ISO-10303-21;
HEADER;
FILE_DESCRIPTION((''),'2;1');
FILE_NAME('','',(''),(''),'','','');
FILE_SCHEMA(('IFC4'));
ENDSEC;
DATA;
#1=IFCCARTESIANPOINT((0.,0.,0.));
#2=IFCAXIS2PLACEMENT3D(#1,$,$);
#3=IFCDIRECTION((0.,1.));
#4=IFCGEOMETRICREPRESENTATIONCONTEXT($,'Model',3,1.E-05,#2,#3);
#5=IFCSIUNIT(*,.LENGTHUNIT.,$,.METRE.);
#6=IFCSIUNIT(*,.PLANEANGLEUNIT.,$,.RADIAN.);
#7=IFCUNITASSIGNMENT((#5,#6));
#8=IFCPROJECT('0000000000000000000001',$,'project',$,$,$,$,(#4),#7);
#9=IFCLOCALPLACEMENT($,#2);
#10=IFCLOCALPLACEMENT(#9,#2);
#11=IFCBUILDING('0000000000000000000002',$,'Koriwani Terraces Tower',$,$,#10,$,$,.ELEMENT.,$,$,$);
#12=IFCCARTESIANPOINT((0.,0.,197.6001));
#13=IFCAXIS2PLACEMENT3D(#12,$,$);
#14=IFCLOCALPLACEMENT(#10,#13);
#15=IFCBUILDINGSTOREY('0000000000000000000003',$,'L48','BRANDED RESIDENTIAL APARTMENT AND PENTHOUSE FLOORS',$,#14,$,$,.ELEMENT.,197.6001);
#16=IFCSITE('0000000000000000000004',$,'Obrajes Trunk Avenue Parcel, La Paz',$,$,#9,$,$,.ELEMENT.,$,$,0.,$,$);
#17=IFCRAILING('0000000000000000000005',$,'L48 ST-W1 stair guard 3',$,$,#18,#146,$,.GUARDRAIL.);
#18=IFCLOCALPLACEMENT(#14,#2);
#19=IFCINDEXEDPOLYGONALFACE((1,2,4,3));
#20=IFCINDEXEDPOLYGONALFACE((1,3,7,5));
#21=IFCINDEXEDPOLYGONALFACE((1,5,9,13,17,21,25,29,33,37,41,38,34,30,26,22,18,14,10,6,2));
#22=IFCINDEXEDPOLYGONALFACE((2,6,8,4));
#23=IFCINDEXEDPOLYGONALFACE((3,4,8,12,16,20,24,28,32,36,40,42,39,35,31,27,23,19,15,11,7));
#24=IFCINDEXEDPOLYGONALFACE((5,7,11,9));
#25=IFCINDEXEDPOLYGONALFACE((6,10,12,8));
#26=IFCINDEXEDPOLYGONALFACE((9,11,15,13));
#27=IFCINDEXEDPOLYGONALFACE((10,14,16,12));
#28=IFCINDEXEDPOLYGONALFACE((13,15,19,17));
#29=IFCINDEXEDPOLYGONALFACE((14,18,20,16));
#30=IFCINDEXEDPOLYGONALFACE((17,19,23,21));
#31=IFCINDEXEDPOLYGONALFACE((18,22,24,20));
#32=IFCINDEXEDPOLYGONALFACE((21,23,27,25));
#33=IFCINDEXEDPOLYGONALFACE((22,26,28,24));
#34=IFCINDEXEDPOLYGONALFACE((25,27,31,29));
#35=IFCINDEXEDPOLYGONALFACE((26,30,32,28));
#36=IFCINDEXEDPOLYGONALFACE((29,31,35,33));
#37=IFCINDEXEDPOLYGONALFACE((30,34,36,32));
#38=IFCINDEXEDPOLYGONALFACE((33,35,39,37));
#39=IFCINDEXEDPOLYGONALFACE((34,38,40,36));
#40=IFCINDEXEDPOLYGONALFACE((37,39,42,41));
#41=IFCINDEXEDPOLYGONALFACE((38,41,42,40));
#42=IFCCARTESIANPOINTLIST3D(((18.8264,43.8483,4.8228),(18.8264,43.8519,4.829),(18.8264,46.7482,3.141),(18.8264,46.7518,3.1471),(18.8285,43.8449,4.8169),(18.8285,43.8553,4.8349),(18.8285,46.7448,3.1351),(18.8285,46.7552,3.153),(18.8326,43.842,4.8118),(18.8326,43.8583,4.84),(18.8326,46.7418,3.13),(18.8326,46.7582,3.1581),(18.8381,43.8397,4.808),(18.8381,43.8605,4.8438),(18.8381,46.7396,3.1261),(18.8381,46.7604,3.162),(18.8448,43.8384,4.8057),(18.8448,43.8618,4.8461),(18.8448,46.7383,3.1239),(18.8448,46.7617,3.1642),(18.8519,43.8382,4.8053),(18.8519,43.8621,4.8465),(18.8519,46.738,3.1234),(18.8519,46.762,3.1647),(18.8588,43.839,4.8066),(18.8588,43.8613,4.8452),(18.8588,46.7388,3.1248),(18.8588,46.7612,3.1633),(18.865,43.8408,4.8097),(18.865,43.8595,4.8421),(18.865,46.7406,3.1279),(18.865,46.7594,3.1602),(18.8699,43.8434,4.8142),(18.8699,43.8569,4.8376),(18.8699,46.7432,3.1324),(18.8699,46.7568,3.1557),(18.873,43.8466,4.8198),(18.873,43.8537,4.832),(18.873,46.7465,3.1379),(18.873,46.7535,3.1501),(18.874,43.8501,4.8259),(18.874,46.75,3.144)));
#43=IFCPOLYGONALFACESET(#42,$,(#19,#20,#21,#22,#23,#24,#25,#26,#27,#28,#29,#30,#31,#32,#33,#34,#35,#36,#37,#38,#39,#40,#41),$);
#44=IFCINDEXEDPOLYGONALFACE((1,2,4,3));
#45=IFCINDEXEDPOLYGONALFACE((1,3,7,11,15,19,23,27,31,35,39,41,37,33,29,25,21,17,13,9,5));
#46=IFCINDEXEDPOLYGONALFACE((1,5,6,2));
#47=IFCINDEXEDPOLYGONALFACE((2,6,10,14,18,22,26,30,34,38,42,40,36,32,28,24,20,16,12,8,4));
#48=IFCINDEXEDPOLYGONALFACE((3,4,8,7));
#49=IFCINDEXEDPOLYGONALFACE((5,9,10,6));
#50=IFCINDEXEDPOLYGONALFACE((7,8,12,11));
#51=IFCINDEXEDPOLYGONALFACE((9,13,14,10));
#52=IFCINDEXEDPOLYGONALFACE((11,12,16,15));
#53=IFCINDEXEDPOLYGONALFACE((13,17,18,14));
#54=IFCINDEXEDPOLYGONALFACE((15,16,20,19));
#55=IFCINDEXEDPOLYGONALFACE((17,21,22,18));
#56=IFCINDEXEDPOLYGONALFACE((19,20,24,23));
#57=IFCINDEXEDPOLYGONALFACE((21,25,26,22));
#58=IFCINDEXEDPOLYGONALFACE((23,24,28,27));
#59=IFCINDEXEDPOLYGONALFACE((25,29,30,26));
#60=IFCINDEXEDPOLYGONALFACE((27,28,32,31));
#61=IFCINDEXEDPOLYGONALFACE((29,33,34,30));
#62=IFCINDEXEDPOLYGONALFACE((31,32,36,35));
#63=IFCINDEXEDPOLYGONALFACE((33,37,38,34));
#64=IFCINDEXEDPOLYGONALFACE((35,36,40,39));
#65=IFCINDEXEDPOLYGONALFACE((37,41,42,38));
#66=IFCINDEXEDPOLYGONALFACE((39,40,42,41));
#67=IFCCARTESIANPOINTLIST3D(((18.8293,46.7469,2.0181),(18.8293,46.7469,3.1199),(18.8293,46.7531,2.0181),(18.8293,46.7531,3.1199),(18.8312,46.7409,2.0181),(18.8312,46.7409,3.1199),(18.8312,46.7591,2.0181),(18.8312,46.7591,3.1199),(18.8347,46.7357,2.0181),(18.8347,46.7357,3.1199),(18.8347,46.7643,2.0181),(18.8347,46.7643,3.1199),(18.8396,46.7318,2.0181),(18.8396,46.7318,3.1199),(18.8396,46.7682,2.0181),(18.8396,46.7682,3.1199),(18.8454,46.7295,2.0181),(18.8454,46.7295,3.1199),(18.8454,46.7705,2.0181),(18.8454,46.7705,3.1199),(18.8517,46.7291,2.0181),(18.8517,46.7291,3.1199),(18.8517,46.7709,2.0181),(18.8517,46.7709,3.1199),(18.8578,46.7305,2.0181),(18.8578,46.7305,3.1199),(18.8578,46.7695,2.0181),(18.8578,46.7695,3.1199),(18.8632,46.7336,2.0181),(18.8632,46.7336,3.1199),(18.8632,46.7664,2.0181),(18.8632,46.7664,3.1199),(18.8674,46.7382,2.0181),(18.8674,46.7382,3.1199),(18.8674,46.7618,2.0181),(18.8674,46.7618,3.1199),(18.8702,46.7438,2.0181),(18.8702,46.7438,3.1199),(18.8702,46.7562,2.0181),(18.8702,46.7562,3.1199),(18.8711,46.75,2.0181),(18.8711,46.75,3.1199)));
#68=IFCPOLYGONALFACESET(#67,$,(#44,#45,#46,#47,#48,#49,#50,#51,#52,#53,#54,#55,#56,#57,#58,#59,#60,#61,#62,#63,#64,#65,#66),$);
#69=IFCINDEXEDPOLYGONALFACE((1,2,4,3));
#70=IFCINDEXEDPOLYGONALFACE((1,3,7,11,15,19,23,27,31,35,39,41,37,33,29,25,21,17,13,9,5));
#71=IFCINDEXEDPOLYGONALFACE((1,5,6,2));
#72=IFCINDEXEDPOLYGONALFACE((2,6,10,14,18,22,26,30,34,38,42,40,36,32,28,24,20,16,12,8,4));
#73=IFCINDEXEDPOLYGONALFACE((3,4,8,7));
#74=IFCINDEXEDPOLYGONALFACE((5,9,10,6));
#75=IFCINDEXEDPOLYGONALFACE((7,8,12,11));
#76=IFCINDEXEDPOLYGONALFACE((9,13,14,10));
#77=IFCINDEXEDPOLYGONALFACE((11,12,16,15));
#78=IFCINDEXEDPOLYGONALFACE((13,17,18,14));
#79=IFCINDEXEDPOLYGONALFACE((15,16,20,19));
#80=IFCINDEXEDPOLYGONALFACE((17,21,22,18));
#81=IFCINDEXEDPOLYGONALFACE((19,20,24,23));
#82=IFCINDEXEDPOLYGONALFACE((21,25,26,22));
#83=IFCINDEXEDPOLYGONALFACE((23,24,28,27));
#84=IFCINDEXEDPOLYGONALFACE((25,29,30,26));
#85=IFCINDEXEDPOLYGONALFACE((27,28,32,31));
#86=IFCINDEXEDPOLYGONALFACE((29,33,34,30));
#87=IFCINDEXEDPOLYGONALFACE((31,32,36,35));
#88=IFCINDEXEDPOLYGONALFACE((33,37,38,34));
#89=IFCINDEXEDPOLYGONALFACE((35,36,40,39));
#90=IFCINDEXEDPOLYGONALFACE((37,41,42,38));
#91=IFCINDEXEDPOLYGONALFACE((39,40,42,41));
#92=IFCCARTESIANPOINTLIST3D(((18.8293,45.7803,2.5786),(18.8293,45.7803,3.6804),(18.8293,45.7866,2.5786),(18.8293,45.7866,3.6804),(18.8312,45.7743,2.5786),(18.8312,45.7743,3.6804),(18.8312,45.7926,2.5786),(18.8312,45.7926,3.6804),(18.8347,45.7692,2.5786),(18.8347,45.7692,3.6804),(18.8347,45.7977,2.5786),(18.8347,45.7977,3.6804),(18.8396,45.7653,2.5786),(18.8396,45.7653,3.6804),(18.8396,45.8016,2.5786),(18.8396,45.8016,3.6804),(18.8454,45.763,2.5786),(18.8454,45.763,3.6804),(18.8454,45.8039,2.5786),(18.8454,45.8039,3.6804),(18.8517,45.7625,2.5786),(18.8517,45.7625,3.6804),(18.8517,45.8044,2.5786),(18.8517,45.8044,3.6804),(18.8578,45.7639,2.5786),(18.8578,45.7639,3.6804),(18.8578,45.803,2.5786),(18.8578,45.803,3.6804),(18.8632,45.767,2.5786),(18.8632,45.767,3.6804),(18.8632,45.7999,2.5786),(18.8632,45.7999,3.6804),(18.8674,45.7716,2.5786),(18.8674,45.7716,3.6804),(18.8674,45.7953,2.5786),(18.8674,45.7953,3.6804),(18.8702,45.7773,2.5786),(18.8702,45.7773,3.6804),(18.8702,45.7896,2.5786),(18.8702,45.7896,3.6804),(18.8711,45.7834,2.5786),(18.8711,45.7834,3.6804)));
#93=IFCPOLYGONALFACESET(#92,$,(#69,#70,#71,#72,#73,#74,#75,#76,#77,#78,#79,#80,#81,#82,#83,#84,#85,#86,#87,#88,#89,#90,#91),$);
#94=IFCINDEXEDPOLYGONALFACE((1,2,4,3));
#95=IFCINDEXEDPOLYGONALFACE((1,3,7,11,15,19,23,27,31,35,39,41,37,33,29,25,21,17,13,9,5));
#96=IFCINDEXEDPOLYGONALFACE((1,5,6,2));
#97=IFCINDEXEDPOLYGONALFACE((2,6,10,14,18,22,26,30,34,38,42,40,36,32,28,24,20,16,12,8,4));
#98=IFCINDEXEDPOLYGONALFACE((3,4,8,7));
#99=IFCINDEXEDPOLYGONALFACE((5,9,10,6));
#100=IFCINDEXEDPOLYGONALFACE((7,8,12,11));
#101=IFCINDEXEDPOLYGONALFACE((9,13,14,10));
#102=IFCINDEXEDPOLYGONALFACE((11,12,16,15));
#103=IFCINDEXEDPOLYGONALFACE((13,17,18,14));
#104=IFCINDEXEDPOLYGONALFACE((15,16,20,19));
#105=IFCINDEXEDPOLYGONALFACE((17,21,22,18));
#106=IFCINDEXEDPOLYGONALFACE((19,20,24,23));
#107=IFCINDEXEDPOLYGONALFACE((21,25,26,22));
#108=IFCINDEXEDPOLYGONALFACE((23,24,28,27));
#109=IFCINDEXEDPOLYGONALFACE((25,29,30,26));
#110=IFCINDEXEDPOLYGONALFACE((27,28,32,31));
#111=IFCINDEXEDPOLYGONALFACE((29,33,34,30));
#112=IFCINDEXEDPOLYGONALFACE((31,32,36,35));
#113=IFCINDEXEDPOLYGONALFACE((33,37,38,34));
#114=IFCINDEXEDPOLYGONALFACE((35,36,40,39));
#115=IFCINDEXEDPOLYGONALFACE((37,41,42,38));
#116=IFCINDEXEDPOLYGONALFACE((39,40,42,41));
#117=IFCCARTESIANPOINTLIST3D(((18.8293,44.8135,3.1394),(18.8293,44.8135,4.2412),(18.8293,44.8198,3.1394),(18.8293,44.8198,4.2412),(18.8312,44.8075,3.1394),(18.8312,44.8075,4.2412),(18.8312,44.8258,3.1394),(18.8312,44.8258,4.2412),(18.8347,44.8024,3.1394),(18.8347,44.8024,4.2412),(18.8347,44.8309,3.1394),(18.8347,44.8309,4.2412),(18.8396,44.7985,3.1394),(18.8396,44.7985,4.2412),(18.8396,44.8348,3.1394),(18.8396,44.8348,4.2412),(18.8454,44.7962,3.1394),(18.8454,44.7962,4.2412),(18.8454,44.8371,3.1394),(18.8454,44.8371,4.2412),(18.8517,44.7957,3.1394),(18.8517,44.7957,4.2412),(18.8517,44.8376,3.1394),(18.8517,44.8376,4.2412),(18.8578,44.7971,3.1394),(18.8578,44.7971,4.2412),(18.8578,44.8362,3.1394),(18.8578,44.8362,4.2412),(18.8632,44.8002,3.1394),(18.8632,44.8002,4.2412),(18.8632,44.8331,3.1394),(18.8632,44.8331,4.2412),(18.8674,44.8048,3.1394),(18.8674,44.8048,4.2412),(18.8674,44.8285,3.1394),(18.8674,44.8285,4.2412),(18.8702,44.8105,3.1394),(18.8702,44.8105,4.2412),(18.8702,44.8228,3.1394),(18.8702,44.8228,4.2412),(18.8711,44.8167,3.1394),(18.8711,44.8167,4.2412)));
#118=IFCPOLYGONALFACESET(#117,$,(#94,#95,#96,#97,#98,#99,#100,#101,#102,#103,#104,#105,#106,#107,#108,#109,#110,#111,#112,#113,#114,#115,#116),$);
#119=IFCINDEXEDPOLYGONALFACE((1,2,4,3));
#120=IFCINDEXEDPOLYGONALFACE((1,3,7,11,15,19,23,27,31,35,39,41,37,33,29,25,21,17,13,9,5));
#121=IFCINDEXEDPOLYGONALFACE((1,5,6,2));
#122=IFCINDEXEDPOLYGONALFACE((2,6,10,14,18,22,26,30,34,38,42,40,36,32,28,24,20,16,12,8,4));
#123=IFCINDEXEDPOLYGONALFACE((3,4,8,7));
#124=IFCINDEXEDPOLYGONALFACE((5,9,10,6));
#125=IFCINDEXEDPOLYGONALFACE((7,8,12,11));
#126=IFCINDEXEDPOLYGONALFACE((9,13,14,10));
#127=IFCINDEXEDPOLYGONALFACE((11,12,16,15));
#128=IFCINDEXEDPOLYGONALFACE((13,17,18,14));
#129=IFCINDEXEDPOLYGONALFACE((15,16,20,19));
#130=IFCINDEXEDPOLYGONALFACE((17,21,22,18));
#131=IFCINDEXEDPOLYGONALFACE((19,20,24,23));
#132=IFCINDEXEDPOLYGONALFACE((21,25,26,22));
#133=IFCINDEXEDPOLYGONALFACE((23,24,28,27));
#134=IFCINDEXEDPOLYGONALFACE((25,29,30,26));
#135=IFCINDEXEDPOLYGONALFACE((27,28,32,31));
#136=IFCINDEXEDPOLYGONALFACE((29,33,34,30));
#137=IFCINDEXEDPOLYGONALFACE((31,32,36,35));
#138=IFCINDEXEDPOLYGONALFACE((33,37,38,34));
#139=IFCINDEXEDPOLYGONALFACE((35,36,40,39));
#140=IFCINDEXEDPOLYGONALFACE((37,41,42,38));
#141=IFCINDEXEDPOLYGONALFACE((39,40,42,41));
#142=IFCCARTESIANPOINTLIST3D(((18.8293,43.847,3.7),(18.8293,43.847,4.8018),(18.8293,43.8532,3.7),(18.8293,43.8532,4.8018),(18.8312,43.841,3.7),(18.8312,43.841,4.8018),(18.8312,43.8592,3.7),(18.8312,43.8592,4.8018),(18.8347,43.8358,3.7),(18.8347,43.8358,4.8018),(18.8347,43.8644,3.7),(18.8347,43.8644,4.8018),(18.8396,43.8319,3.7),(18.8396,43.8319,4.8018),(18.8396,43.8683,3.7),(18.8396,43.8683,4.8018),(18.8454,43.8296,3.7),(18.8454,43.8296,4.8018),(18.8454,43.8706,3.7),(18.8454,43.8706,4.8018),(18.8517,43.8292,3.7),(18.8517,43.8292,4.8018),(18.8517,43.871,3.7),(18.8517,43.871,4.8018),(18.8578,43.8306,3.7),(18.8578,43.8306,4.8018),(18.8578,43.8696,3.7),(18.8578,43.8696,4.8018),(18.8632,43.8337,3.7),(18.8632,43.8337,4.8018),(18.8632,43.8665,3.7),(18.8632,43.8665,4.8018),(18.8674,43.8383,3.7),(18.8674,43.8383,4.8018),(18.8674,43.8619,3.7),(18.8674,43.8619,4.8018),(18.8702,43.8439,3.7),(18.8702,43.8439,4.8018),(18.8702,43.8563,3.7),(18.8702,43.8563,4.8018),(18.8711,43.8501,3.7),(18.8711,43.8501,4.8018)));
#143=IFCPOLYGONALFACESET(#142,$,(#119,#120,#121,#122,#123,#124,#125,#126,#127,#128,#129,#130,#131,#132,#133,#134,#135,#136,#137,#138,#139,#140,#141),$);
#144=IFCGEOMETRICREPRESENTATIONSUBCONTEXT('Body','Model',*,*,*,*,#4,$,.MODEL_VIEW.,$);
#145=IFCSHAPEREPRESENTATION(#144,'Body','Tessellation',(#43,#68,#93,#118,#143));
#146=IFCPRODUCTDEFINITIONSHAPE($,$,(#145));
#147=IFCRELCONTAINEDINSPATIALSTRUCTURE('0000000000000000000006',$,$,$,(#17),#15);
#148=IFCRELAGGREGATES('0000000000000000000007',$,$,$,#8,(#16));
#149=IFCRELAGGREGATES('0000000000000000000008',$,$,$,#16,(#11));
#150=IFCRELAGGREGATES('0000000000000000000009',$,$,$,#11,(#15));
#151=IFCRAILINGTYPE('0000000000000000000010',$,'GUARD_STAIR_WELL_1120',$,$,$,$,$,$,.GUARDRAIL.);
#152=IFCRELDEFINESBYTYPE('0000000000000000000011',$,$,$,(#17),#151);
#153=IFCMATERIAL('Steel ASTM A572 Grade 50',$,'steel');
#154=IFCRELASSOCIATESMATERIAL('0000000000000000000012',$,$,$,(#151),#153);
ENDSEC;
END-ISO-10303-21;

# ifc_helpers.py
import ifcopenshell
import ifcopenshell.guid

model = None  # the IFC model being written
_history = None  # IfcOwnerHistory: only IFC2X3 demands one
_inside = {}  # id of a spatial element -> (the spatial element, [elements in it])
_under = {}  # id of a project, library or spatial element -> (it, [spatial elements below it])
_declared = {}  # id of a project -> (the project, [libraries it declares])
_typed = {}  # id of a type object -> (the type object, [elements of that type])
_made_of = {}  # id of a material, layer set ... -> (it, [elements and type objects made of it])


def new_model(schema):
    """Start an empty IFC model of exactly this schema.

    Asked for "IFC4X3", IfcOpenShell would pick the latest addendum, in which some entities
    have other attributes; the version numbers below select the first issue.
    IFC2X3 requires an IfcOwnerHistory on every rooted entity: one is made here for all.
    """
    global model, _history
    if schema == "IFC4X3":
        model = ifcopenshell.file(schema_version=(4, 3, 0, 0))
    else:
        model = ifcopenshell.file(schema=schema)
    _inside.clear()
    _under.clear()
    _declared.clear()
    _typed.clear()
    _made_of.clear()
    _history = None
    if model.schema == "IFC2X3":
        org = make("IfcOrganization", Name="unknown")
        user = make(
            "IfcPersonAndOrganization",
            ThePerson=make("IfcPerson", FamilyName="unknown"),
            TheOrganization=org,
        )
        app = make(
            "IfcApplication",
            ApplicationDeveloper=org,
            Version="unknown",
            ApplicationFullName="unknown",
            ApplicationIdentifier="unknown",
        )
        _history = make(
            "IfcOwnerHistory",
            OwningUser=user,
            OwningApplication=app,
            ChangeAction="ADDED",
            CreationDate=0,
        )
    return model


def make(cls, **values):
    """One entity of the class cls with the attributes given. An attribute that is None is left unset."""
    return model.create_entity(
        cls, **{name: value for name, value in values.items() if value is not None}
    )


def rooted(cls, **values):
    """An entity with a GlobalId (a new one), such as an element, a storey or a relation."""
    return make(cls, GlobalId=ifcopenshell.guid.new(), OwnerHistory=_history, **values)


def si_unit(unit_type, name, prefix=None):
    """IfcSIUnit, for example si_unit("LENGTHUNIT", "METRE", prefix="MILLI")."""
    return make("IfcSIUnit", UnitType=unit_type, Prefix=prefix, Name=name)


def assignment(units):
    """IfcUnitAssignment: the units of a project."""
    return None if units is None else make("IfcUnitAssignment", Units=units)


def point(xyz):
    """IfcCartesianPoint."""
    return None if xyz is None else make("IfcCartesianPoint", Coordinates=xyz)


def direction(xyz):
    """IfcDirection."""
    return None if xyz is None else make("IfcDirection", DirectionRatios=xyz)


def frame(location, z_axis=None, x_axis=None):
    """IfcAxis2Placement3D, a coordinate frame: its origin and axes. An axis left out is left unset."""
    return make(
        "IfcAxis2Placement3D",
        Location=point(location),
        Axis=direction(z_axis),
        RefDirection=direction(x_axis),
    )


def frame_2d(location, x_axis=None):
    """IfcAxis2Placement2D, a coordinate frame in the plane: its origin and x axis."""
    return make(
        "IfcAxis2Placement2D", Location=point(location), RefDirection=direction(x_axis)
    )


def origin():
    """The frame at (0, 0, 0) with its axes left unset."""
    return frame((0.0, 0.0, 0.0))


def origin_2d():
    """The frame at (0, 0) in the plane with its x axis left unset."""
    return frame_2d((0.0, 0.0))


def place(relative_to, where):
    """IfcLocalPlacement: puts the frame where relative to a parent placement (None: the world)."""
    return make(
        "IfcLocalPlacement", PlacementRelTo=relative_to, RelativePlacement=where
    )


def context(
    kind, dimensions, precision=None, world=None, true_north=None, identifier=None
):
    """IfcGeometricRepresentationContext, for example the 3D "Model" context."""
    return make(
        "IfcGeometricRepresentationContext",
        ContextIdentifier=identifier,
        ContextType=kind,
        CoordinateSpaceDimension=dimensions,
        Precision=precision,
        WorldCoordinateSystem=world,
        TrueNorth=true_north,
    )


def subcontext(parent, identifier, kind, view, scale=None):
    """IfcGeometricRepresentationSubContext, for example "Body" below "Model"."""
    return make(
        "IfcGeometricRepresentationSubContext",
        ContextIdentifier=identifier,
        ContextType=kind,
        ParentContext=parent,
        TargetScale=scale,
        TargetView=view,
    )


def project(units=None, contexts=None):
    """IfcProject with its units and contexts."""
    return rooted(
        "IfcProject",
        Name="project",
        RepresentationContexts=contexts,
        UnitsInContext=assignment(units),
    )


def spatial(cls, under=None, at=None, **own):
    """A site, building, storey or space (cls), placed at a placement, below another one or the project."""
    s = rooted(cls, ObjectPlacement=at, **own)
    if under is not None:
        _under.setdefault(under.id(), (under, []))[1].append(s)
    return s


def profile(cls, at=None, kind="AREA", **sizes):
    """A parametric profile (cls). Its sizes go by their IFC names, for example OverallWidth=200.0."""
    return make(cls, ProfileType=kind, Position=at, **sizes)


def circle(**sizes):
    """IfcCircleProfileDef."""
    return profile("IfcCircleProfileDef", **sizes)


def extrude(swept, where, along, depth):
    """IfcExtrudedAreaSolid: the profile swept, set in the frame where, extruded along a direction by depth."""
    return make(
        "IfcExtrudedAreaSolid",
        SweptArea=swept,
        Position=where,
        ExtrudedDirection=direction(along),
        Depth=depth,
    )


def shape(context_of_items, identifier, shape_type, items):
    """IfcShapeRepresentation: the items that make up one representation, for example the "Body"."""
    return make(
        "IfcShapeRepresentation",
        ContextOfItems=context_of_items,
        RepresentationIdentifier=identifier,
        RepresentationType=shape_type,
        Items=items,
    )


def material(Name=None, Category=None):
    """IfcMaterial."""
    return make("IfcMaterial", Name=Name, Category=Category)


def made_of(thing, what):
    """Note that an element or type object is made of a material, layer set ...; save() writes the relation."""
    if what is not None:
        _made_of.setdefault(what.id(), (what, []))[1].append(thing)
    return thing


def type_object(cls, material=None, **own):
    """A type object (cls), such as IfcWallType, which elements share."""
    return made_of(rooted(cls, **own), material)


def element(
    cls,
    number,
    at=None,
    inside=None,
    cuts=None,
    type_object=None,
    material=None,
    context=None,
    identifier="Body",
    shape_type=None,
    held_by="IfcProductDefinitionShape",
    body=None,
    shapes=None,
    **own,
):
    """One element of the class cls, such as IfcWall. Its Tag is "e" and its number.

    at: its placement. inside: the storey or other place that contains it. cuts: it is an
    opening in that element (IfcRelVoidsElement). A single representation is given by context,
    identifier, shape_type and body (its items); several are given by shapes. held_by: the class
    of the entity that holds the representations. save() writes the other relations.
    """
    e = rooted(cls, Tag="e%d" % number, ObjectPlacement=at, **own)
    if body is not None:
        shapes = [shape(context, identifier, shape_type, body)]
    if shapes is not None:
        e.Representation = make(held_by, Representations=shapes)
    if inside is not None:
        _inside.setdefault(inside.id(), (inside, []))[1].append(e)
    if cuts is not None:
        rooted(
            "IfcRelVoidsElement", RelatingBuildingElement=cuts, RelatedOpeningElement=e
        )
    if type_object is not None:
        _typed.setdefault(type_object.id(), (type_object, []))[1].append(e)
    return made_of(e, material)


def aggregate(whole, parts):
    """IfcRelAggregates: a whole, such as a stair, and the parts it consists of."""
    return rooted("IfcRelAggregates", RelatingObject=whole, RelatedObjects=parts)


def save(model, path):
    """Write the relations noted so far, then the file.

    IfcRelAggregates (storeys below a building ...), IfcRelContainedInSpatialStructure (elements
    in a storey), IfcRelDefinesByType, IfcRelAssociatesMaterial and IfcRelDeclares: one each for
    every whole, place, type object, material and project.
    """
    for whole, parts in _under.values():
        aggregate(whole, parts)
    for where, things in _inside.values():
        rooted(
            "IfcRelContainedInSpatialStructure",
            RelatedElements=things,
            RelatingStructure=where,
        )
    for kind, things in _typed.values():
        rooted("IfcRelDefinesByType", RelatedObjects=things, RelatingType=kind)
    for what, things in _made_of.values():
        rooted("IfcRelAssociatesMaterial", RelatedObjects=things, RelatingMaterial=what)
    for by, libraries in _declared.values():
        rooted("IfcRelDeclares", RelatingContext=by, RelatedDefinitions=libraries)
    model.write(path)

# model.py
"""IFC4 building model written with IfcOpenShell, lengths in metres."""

from ifc_helpers import new_model, si_unit, direction, frame, origin, origin_2d, place, context, subcontext, project, spatial, circle, extrude, material, type_object, element, save


model = new_model("IFC4")

# Units and contexts
model_context = context("Model", 3, precision=1e-05, world=origin(), true_north=direction((0.0, 1.0)))
body_context = subcontext(model_context, "Body", "Model", "MODEL_VIEW")
ifc_project = project(units=[si_unit("LENGTHUNIT", "METRE"), si_unit("PLANEANGLEUNIT", "RADIAN")], contexts=[model_context])

# Site, building, storey
site_placement = place(None, origin())
site = spatial("IfcSite", under=ifc_project, at=site_placement, Name="Obrajes Trunk Avenue Parcel, La Paz", CompositionType="ELEMENT", RefElevation=0.0)
building_placement = place(site_placement, origin())
building = spatial("IfcBuilding", under=site, at=building_placement, Name="Koriwani Terraces Tower", CompositionType="ELEMENT")
storey_placement = place(building_placement, frame((0.0, 0.0, 197.6001)))
storey = spatial("IfcBuildingStorey", under=building, at=storey_placement, Name="L48", Description="BRANDED RESIDENTIAL APARTMENT AND PENTHOUSE FLOORS", CompositionType="ELEMENT", Elevation=197.6001)

# Shared definitions
ifc_material_1 = material(Name="Steel ASTM A572 Grade 50", Category="steel")

# Railing
railing_type_1 = type_object("IfcRailingType", Name="GUARD_STAIR_WELL_1120", PredefinedType="GUARDRAIL", material=ifc_material_1)
railing_1_placement = place(storey_placement, frame((18.8501, 46.75, 2.0181)))
element("IfcRailing", 1, at=railing_1_placement, inside=storey, type_object=railing_type_1, Name="L48 ST-W1 stair guard 3", PredefinedType="GUARDRAIL", context=body_context, shape_type="SweptSolid", body=[
    extrude(circle(Radius=0.0239, at=origin_2d()), frame((0.0, 0.0, 1.126), z_axis=(0.0, -0.865039, 0.501705), x_axis=(1.0, 0.0, 0.0)), (0.0, 0.0, 1.0), 3.3523),
    extrude(circle(Radius=0.021, at=origin_2d()), origin(), (0.0, 0.0, 1.0), 1.1018),
    extrude(circle(Radius=0.021, at=origin_2d()), frame((0.0, -0.9666, 0.5605)), (0.0, 0.0, 1.0), 1.1018),
    extrude(circle(Radius=0.021, at=origin_2d()), frame((0.0, -1.9333, 1.1213)), (0.0, 0.0, 1.0), 1.1018),
    extrude(circle(Radius=0.021, at=origin_2d()), frame((0.0, -2.8999, 1.6819)), (0.0, 0.0, 1.0), 1.1018),
])

save(model, "model.ifc")
